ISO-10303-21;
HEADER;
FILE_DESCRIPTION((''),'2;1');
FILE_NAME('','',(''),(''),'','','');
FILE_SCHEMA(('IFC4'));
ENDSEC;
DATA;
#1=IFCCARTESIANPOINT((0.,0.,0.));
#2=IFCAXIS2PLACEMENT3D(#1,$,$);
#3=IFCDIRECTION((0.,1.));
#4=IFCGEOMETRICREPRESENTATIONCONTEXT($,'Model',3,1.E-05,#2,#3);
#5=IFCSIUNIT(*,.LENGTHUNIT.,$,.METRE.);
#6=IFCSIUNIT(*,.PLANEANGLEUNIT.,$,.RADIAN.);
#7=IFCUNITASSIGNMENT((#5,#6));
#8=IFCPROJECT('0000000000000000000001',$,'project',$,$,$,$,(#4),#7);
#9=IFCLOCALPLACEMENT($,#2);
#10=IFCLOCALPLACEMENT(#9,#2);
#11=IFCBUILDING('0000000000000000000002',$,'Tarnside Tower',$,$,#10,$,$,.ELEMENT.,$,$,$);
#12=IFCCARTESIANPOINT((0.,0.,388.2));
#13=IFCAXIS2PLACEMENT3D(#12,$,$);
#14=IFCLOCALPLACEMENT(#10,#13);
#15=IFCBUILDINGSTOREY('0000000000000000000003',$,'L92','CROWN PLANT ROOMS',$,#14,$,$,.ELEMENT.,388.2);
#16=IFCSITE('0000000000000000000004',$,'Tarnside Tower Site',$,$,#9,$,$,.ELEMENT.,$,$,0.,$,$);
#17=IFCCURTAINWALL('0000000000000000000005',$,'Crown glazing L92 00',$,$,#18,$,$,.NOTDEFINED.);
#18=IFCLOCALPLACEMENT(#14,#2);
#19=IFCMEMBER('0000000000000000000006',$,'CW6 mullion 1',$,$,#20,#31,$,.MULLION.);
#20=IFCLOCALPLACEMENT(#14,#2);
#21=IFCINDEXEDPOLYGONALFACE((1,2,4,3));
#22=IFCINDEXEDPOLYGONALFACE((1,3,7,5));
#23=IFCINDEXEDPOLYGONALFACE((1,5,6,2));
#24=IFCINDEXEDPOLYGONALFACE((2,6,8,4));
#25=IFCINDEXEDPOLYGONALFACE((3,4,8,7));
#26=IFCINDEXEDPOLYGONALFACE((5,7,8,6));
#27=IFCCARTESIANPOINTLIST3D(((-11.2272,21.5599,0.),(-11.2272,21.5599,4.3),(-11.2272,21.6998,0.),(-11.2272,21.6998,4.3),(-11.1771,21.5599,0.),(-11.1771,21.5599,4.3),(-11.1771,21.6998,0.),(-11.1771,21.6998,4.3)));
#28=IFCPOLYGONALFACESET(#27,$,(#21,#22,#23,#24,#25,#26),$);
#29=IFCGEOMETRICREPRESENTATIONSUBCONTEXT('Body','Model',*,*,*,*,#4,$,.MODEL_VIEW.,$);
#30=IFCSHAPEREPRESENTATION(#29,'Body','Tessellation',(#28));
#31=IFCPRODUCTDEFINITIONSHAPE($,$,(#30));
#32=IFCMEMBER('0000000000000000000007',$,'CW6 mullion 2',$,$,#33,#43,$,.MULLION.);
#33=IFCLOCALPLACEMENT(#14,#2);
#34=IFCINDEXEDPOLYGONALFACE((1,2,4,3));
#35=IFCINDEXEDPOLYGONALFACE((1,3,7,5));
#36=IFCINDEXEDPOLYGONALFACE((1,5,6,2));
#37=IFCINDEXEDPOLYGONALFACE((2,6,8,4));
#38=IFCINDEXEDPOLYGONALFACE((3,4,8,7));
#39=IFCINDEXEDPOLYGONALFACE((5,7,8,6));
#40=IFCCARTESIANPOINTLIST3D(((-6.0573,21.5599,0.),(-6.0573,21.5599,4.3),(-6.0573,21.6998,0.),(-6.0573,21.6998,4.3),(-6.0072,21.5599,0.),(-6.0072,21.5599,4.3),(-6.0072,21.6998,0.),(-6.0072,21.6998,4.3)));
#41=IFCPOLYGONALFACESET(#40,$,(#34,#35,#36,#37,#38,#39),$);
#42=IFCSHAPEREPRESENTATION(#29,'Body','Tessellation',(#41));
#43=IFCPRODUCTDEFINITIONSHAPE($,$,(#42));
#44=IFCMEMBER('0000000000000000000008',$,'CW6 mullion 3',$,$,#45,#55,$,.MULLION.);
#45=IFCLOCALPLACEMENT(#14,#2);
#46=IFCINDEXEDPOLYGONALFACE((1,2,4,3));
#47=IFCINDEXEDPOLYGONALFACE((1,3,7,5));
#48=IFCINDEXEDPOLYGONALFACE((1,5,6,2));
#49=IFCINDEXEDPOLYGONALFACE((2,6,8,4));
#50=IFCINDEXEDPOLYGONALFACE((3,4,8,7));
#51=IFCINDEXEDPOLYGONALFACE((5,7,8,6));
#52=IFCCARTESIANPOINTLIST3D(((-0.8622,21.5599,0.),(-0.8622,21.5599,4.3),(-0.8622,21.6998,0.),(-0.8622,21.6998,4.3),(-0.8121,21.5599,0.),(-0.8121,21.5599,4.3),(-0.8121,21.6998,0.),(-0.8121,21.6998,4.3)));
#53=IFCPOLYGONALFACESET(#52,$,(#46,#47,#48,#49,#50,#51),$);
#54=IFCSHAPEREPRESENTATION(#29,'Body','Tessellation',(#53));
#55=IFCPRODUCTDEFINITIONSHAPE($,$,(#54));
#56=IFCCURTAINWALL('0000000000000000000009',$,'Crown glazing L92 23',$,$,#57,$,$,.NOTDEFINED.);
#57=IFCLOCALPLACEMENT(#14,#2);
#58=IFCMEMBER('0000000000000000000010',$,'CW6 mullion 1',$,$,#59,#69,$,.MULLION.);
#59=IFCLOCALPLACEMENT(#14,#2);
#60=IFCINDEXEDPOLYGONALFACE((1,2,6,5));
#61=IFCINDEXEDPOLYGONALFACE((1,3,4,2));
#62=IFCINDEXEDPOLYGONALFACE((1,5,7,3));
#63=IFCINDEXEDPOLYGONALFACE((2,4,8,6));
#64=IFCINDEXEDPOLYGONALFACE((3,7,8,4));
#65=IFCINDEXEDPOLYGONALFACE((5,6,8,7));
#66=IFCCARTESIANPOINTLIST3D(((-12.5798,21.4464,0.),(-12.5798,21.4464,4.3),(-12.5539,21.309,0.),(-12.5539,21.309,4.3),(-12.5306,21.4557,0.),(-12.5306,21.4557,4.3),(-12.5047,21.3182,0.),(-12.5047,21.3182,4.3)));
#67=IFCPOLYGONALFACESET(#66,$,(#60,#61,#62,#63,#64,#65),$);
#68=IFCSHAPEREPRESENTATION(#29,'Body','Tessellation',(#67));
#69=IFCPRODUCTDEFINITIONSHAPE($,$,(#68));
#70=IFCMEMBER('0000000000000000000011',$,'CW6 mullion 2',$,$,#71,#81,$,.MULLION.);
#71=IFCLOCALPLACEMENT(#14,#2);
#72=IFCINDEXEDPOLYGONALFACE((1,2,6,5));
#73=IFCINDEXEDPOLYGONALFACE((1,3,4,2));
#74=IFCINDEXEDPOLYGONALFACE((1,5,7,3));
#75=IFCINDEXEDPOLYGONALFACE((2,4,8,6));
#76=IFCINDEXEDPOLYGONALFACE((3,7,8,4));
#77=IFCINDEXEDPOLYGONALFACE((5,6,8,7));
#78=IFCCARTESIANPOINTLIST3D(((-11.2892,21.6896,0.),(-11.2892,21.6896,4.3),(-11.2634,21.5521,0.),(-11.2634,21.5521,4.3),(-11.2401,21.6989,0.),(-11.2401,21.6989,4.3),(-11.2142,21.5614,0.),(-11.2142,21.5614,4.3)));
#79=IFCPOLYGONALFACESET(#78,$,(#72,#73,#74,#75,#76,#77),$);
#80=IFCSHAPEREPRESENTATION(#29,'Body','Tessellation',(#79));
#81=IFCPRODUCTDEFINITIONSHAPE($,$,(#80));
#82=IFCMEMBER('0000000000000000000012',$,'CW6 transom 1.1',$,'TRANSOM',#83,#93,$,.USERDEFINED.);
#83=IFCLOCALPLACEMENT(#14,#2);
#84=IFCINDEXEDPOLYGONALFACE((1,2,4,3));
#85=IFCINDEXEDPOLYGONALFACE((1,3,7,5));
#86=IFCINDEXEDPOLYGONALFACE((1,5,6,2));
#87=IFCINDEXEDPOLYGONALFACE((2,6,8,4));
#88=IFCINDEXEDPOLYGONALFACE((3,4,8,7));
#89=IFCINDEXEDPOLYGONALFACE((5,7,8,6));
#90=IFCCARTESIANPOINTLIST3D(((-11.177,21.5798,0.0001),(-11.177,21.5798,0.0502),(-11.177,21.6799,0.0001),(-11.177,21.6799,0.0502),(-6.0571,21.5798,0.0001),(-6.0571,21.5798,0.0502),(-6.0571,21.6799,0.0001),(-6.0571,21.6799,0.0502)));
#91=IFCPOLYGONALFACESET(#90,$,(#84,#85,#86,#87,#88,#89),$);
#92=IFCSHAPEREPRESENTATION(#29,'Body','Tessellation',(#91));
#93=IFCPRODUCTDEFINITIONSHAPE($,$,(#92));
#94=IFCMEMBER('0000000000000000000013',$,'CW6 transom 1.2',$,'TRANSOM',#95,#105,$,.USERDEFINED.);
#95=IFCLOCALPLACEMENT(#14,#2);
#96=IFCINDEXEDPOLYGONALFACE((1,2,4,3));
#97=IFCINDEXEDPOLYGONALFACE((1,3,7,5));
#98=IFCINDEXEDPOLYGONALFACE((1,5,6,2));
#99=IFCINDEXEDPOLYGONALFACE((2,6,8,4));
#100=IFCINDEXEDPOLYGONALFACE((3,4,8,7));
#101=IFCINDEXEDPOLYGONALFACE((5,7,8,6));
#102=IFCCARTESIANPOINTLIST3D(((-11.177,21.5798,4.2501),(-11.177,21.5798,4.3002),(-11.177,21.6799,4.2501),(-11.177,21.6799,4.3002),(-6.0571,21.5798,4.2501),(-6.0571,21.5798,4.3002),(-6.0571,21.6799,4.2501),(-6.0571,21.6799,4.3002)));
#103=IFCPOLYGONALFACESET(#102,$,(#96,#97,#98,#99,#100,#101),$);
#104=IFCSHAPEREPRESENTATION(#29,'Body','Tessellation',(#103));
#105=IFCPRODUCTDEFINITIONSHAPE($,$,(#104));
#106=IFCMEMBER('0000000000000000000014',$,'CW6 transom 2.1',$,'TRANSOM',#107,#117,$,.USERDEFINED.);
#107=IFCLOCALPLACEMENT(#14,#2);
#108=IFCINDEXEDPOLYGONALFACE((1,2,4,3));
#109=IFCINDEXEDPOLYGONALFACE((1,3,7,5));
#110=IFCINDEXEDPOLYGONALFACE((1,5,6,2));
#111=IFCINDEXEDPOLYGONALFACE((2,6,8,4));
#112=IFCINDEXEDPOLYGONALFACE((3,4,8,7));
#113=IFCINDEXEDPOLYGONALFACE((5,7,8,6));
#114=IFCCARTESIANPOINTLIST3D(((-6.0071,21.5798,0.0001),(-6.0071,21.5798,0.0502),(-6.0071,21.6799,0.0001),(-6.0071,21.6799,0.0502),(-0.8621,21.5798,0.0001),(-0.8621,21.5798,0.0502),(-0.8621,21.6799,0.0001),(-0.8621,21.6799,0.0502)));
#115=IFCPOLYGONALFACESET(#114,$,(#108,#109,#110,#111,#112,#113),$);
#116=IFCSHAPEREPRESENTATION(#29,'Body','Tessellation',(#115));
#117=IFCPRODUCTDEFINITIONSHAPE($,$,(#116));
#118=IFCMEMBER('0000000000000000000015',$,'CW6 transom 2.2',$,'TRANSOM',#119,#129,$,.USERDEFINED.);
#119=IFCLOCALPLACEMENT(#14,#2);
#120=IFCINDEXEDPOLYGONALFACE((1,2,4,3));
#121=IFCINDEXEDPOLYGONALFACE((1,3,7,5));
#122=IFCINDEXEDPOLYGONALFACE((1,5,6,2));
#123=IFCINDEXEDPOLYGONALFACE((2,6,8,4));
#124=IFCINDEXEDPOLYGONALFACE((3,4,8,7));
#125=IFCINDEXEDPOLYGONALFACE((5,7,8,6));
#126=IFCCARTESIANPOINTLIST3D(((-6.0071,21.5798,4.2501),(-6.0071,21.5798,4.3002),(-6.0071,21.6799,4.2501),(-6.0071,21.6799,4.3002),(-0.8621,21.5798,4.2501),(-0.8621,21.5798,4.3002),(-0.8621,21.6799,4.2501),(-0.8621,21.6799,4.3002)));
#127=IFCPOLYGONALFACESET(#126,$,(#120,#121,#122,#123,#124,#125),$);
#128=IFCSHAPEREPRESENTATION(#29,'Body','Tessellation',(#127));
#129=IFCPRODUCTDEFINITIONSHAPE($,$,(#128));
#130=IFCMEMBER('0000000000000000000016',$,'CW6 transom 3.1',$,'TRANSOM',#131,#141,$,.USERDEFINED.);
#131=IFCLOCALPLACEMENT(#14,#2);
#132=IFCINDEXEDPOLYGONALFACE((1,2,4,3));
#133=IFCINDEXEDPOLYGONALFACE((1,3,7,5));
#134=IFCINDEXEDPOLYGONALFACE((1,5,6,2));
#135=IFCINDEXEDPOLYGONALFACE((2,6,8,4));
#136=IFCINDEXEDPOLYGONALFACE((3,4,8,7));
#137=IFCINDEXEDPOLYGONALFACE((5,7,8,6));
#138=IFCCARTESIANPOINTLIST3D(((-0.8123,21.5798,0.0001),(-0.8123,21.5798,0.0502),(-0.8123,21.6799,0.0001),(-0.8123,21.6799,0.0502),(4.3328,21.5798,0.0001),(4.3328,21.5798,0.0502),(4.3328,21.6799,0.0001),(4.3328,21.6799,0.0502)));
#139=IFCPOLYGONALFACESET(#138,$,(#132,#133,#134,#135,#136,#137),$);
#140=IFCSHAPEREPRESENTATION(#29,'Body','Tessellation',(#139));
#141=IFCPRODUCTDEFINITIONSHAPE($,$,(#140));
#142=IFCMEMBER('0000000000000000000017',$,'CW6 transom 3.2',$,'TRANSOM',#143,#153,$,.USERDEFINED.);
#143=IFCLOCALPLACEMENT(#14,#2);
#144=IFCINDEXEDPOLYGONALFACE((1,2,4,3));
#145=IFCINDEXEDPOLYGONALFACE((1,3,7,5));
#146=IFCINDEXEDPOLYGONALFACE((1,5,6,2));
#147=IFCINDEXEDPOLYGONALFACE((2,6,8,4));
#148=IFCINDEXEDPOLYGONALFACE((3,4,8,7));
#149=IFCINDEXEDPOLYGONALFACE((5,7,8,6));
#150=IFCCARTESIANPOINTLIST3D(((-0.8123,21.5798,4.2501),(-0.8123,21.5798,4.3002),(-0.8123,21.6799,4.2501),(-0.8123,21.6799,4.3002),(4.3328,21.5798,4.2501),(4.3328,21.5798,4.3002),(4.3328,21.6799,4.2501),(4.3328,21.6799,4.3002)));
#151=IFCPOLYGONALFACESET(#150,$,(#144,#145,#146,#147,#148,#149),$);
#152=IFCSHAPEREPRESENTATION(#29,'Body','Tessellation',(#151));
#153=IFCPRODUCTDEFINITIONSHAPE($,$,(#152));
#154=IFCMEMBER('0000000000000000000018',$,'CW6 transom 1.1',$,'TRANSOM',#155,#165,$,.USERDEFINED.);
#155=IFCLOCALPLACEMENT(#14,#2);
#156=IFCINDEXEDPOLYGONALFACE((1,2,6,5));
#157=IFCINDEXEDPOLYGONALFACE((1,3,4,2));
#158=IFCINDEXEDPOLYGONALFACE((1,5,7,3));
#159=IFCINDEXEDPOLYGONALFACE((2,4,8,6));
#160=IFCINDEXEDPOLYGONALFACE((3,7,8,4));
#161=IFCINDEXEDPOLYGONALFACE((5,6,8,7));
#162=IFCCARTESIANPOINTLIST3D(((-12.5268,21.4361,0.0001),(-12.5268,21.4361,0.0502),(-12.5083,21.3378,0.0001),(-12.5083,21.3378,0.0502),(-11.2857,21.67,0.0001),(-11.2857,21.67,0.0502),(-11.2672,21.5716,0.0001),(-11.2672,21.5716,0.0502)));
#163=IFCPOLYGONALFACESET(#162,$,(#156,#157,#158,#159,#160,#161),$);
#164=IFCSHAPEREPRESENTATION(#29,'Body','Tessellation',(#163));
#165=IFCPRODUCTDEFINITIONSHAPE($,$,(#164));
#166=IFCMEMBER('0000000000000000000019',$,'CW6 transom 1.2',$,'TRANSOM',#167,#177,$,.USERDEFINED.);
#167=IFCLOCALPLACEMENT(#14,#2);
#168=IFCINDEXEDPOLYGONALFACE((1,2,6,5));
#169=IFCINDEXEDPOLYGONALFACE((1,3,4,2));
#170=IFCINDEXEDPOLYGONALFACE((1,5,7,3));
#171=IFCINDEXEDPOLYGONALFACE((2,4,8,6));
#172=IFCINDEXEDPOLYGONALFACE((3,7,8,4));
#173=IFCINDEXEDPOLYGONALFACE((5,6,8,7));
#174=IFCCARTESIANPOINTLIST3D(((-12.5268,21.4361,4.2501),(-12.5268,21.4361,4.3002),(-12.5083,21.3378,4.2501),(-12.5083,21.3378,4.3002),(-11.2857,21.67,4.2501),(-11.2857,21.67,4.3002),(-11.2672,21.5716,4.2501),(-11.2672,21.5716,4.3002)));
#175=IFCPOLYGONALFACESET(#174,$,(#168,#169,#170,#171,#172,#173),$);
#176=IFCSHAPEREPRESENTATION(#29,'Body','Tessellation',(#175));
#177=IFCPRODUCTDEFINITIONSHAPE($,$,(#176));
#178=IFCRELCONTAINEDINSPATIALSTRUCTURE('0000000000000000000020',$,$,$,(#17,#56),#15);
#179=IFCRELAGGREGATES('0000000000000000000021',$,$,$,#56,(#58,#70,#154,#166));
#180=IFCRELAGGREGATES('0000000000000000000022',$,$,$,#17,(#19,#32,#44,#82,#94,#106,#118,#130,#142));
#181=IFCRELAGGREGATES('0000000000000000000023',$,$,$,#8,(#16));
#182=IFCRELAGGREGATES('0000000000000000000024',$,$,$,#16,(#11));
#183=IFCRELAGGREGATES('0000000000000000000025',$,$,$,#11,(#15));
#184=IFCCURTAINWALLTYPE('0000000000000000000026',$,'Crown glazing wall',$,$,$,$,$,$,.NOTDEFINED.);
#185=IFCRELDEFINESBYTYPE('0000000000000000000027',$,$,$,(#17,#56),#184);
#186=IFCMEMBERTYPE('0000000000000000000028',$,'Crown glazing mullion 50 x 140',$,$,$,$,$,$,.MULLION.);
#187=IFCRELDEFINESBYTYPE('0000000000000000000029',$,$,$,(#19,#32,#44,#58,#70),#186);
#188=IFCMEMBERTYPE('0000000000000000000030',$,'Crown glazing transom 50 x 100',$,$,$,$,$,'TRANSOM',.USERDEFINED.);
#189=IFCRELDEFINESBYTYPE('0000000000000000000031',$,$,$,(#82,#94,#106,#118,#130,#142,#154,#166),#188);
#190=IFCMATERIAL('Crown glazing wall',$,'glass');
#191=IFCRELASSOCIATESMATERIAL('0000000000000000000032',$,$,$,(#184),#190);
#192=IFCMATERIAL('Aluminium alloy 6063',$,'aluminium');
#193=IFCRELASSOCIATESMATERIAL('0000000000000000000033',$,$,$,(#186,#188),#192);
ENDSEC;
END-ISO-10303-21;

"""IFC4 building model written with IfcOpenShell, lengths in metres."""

from ifc_helpers import new_model, si_unit, direction, frame, origin, origin_2d, place, context, subcontext, project, spatial, rectangle, extrude, material, material_profile, profile_set, type_object, element, aggregate, save


model = new_model("IFC4")

# Units and contexts
model_context = context("Model", 3, precision=1e-05, world=origin(), true_north=direction((0.0, 1.0)))
body_context = subcontext(model_context, "Body", "Model", "MODEL_VIEW")
ifc_project = project(units=[si_unit("LENGTHUNIT", "METRE"), si_unit("PLANEANGLEUNIT", "RADIAN")], contexts=[model_context])

# Site, building, storey
site_placement = place(None, origin())
site = spatial("IfcSite", under=ifc_project, at=site_placement, Name="Tarnside Tower Site", CompositionType="ELEMENT", RefElevation=0.0)
building_placement = place(site_placement, origin())
building = spatial("IfcBuilding", under=site, at=building_placement, Name="Tarnside Tower", CompositionType="ELEMENT")
storey_placement = place(building_placement, frame((0.0, 0.0, 388.2)))
storey = spatial("IfcBuildingStorey", under=building, at=storey_placement, Name="L92", Description="CROWN PLANT ROOMS", CompositionType="ELEMENT", Elevation=388.2)

# Curtain walls, members
ifc_material_1 = material(Name="Crown glazing wall", Category="glass")
curtain_wall_type = type_object("IfcCurtainWallType", Name="Crown glazing wall", PredefinedType="NOTDEFINED", material=ifc_material_1)
curtain_wall_1_placement = place(storey_placement, origin())
curtain_wall_1 = element("IfcCurtainWall", 1, at=curtain_wall_1_placement, inside=storey, type_object=curtain_wall_type, Name="Crown glazing L92 00", PredefinedType="NOTDEFINED")
ifc_material_2 = material(Name="Aluminium alloy 6063", Category="aluminium")
ifc_material_profile_1 = material_profile(ifc_material_2, rectangle(XDim=0.1399, YDim=0.05, at=origin_2d()), Name="Crown glazing mullion 50 x 140")
ifc_profile_set_1 = profile_set([ifc_material_profile_1], Name="Aluminium alloy 6063")
member_type_1 = type_object("IfcMemberType", Name="Crown glazing mullion 50 x 140", PredefinedType="MULLION", material=ifc_profile_set_1)
member_1_placement = place(storey_placement, frame((-11.2021, 21.6299, 0.0), z_axis=(0.0, 0.0, 1.0), x_axis=(0.0, 1.0, 0.0)))
member_1 = element("IfcMember", 2, at=member_1_placement, type_object=member_type_1, Name="CW6 mullion 1", PredefinedType="MULLION", context=body_context, shape_type="SweptSolid", body=[
    extrude(rectangle(XDim=0.1399, YDim=0.05, at=origin_2d()), origin(), (0.0, 0.0, 1.0), 4.3),
])
member_2_placement = place(storey_placement, frame((-6.0322, 21.6299, 0.0), z_axis=(0.0, 0.0, 1.0), x_axis=(0.0, 1.0, 0.0)))
member_2 = element("IfcMember", 3, at=member_2_placement, type_object=member_type_1, Name="CW6 mullion 2", PredefinedType="MULLION", context=body_context, shape_type="SweptSolid", body=[
    extrude(rectangle(XDim=0.1399, YDim=0.05, at=origin_2d()), origin(), (0.0, 0.0, 1.0), 4.3),
])
member_3_placement = place(storey_placement, frame((-0.8372, 21.6299, 0.0), z_axis=(0.0, 0.0, 1.0), x_axis=(0.0, 1.0, 0.0)))
member_3 = element("IfcMember", 4, at=member_3_placement, type_object=member_type_1, Name="CW6 mullion 3", PredefinedType="MULLION", context=body_context, shape_type="SweptSolid", body=[
    extrude(rectangle(XDim=0.1399, YDim=0.05, at=origin_2d()), origin(), (0.0, 0.0, 1.0), 4.3),
])
curtain_wall_2_placement = place(storey_placement, origin())
curtain_wall_2 = element("IfcCurtainWall", 5, at=curtain_wall_2_placement, inside=storey, type_object=curtain_wall_type, Name="Crown glazing L92 23", PredefinedType="NOTDEFINED")
member_4_placement = place(storey_placement, frame((-12.5422, 21.3823, 0.0), z_axis=(0.0, 0.0, 1.0), x_axis=(-0.185095, 0.982721, 0.0)))
member_4 = element("IfcMember", 6, at=member_4_placement, type_object=member_type_1, Name="CW6 mullion 1", PredefinedType="MULLION", context=body_context, shape_type="SweptSolid", body=[
    extrude(rectangle(XDim=0.1399, YDim=0.05, at=origin_2d()), origin(), (0.0, 0.0, 1.0), 4.3),
])
member_5_placement = place(storey_placement, frame((-11.2517, 21.6255, 0.0), z_axis=(0.0, 0.0, 1.0), x_axis=(-0.185095, 0.982721, 0.0)))
member_5 = element("IfcMember", 7, at=member_5_placement, type_object=member_type_1, Name="CW6 mullion 2", PredefinedType="MULLION", context=body_context, shape_type="SweptSolid", body=[
    extrude(rectangle(XDim=0.1399, YDim=0.05, at=origin_2d()), origin(), (0.0, 0.0, 1.0), 4.3),
])

# Members
ifc_material_profile_2 = material_profile(ifc_material_2, rectangle(XDim=0.1001, YDim=0.05, at=origin_2d()), Name="Crown glazing transom 50 x 100")
ifc_profile_set_2 = profile_set([ifc_material_profile_2], Name="Aluminium alloy 6063")
member_type_2 = type_object("IfcMemberType", Name="Crown glazing transom 50 x 100", ElementType="TRANSOM", PredefinedType="USERDEFINED", material=ifc_profile_set_2)
member_6_placement = place(storey_placement, frame((-11.177, 21.6299, 0.0251), z_axis=(1.0, 0.0, 0.0), x_axis=(0.0, 1.0, 0.0)))
member_6 = element("IfcMember", 8, at=member_6_placement, type_object=member_type_2, Name="CW6 transom 1.1", ObjectType="TRANSOM", PredefinedType="USERDEFINED", context=body_context, shape_type="SweptSolid", body=[
    extrude(rectangle(XDim=0.1001, YDim=0.05, at=origin_2d()), origin(), (0.0, 0.0, 1.0), 5.1199),
])
member_7_placement = place(storey_placement, frame((-11.177, 21.6299, 4.2751), z_axis=(1.0, 0.0, 0.0), x_axis=(0.0, 1.0, 0.0)))
member_7 = element("IfcMember", 9, at=member_7_placement, type_object=member_type_2, Name="CW6 transom 1.2", ObjectType="TRANSOM", PredefinedType="USERDEFINED", context=body_context, shape_type="SweptSolid", body=[
    extrude(rectangle(XDim=0.1001, YDim=0.05, at=origin_2d()), origin(), (0.0, 0.0, 1.0), 5.1199),
])
member_8_placement = place(storey_placement, frame((-6.0071, 21.6299, 0.0251), z_axis=(1.0, 0.0, 0.0), x_axis=(0.0, 1.0, 0.0)))
member_8 = element("IfcMember", 10, at=member_8_placement, type_object=member_type_2, Name="CW6 transom 2.1", ObjectType="TRANSOM", PredefinedType="USERDEFINED", context=body_context, shape_type="SweptSolid", body=[
    extrude(rectangle(XDim=0.1001, YDim=0.05, at=origin_2d()), origin(), (0.0, 0.0, 1.0), 5.145),
])
member_9_placement = place(storey_placement, frame((-6.0071, 21.6299, 4.2751), z_axis=(1.0, 0.0, 0.0), x_axis=(0.0, 1.0, 0.0)))
member_9 = element("IfcMember", 11, at=member_9_placement, type_object=member_type_2, Name="CW6 transom 2.2", ObjectType="TRANSOM", PredefinedType="USERDEFINED", context=body_context, shape_type="SweptSolid", body=[
    extrude(rectangle(XDim=0.1001, YDim=0.05, at=origin_2d()), origin(), (0.0, 0.0, 1.0), 5.145),
])
member_10_placement = place(storey_placement, frame((-0.8123, 21.6299, 0.0251), z_axis=(1.0, 0.0, 0.0), x_axis=(0.0, 1.0, 0.0)))
member_10 = element("IfcMember", 12, at=member_10_placement, type_object=member_type_2, Name="CW6 transom 3.1", ObjectType="TRANSOM", PredefinedType="USERDEFINED", context=body_context, shape_type="SweptSolid", body=[
    extrude(rectangle(XDim=0.1001, YDim=0.05, at=origin_2d()), origin(), (0.0, 0.0, 1.0), 5.145),
])
member_11_placement = place(storey_placement, frame((-0.8123, 21.6299, 4.2751), z_axis=(1.0, 0.0, 0.0), x_axis=(0.0, 1.0, 0.0)))
member_11 = element("IfcMember", 13, at=member_11_placement, type_object=member_type_2, Name="CW6 transom 3.2", ObjectType="TRANSOM", PredefinedType="USERDEFINED", context=body_context, shape_type="SweptSolid", body=[
    extrude(rectangle(XDim=0.1001, YDim=0.05, at=origin_2d()), origin(), (0.0, 0.0, 1.0), 5.145),
])
member_12_placement = place(storey_placement, frame((-12.5176, 21.387, 0.0251), z_axis=(0.982705, 0.185175, 0.0), x_axis=(-0.185175, 0.982705, 0.0)))
member_12 = element("IfcMember", 14, at=member_12_placement, type_object=member_type_2, Name="CW6 transom 1.1", ObjectType="TRANSOM", PredefinedType="USERDEFINED", context=body_context, shape_type="SweptSolid", body=[
    extrude(rectangle(XDim=0.1001, YDim=0.05, at=origin_2d()), origin(), (0.0, 0.0, 1.0), 1.2629),
])
member_13_placement = place(storey_placement, frame((-12.5176, 21.387, 4.2751), z_axis=(0.982705, 0.185175, 0.0), x_axis=(-0.185175, 0.982705, 0.0)))
member_13 = element("IfcMember", 15, at=member_13_placement, type_object=member_type_2, Name="CW6 transom 1.2", ObjectType="TRANSOM", PredefinedType="USERDEFINED", context=body_context, shape_type="SweptSolid", body=[
    extrude(rectangle(XDim=0.1001, YDim=0.05, at=origin_2d()), origin(), (0.0, 0.0, 1.0), 1.2629),
])

aggregate(curtain_wall_2, [member_4, member_5, member_12, member_13])
aggregate(curtain_wall_1, [member_1, member_2, member_3, member_6, member_7, member_8, member_9, member_10, member_11])

save(model, "model.ifc")
